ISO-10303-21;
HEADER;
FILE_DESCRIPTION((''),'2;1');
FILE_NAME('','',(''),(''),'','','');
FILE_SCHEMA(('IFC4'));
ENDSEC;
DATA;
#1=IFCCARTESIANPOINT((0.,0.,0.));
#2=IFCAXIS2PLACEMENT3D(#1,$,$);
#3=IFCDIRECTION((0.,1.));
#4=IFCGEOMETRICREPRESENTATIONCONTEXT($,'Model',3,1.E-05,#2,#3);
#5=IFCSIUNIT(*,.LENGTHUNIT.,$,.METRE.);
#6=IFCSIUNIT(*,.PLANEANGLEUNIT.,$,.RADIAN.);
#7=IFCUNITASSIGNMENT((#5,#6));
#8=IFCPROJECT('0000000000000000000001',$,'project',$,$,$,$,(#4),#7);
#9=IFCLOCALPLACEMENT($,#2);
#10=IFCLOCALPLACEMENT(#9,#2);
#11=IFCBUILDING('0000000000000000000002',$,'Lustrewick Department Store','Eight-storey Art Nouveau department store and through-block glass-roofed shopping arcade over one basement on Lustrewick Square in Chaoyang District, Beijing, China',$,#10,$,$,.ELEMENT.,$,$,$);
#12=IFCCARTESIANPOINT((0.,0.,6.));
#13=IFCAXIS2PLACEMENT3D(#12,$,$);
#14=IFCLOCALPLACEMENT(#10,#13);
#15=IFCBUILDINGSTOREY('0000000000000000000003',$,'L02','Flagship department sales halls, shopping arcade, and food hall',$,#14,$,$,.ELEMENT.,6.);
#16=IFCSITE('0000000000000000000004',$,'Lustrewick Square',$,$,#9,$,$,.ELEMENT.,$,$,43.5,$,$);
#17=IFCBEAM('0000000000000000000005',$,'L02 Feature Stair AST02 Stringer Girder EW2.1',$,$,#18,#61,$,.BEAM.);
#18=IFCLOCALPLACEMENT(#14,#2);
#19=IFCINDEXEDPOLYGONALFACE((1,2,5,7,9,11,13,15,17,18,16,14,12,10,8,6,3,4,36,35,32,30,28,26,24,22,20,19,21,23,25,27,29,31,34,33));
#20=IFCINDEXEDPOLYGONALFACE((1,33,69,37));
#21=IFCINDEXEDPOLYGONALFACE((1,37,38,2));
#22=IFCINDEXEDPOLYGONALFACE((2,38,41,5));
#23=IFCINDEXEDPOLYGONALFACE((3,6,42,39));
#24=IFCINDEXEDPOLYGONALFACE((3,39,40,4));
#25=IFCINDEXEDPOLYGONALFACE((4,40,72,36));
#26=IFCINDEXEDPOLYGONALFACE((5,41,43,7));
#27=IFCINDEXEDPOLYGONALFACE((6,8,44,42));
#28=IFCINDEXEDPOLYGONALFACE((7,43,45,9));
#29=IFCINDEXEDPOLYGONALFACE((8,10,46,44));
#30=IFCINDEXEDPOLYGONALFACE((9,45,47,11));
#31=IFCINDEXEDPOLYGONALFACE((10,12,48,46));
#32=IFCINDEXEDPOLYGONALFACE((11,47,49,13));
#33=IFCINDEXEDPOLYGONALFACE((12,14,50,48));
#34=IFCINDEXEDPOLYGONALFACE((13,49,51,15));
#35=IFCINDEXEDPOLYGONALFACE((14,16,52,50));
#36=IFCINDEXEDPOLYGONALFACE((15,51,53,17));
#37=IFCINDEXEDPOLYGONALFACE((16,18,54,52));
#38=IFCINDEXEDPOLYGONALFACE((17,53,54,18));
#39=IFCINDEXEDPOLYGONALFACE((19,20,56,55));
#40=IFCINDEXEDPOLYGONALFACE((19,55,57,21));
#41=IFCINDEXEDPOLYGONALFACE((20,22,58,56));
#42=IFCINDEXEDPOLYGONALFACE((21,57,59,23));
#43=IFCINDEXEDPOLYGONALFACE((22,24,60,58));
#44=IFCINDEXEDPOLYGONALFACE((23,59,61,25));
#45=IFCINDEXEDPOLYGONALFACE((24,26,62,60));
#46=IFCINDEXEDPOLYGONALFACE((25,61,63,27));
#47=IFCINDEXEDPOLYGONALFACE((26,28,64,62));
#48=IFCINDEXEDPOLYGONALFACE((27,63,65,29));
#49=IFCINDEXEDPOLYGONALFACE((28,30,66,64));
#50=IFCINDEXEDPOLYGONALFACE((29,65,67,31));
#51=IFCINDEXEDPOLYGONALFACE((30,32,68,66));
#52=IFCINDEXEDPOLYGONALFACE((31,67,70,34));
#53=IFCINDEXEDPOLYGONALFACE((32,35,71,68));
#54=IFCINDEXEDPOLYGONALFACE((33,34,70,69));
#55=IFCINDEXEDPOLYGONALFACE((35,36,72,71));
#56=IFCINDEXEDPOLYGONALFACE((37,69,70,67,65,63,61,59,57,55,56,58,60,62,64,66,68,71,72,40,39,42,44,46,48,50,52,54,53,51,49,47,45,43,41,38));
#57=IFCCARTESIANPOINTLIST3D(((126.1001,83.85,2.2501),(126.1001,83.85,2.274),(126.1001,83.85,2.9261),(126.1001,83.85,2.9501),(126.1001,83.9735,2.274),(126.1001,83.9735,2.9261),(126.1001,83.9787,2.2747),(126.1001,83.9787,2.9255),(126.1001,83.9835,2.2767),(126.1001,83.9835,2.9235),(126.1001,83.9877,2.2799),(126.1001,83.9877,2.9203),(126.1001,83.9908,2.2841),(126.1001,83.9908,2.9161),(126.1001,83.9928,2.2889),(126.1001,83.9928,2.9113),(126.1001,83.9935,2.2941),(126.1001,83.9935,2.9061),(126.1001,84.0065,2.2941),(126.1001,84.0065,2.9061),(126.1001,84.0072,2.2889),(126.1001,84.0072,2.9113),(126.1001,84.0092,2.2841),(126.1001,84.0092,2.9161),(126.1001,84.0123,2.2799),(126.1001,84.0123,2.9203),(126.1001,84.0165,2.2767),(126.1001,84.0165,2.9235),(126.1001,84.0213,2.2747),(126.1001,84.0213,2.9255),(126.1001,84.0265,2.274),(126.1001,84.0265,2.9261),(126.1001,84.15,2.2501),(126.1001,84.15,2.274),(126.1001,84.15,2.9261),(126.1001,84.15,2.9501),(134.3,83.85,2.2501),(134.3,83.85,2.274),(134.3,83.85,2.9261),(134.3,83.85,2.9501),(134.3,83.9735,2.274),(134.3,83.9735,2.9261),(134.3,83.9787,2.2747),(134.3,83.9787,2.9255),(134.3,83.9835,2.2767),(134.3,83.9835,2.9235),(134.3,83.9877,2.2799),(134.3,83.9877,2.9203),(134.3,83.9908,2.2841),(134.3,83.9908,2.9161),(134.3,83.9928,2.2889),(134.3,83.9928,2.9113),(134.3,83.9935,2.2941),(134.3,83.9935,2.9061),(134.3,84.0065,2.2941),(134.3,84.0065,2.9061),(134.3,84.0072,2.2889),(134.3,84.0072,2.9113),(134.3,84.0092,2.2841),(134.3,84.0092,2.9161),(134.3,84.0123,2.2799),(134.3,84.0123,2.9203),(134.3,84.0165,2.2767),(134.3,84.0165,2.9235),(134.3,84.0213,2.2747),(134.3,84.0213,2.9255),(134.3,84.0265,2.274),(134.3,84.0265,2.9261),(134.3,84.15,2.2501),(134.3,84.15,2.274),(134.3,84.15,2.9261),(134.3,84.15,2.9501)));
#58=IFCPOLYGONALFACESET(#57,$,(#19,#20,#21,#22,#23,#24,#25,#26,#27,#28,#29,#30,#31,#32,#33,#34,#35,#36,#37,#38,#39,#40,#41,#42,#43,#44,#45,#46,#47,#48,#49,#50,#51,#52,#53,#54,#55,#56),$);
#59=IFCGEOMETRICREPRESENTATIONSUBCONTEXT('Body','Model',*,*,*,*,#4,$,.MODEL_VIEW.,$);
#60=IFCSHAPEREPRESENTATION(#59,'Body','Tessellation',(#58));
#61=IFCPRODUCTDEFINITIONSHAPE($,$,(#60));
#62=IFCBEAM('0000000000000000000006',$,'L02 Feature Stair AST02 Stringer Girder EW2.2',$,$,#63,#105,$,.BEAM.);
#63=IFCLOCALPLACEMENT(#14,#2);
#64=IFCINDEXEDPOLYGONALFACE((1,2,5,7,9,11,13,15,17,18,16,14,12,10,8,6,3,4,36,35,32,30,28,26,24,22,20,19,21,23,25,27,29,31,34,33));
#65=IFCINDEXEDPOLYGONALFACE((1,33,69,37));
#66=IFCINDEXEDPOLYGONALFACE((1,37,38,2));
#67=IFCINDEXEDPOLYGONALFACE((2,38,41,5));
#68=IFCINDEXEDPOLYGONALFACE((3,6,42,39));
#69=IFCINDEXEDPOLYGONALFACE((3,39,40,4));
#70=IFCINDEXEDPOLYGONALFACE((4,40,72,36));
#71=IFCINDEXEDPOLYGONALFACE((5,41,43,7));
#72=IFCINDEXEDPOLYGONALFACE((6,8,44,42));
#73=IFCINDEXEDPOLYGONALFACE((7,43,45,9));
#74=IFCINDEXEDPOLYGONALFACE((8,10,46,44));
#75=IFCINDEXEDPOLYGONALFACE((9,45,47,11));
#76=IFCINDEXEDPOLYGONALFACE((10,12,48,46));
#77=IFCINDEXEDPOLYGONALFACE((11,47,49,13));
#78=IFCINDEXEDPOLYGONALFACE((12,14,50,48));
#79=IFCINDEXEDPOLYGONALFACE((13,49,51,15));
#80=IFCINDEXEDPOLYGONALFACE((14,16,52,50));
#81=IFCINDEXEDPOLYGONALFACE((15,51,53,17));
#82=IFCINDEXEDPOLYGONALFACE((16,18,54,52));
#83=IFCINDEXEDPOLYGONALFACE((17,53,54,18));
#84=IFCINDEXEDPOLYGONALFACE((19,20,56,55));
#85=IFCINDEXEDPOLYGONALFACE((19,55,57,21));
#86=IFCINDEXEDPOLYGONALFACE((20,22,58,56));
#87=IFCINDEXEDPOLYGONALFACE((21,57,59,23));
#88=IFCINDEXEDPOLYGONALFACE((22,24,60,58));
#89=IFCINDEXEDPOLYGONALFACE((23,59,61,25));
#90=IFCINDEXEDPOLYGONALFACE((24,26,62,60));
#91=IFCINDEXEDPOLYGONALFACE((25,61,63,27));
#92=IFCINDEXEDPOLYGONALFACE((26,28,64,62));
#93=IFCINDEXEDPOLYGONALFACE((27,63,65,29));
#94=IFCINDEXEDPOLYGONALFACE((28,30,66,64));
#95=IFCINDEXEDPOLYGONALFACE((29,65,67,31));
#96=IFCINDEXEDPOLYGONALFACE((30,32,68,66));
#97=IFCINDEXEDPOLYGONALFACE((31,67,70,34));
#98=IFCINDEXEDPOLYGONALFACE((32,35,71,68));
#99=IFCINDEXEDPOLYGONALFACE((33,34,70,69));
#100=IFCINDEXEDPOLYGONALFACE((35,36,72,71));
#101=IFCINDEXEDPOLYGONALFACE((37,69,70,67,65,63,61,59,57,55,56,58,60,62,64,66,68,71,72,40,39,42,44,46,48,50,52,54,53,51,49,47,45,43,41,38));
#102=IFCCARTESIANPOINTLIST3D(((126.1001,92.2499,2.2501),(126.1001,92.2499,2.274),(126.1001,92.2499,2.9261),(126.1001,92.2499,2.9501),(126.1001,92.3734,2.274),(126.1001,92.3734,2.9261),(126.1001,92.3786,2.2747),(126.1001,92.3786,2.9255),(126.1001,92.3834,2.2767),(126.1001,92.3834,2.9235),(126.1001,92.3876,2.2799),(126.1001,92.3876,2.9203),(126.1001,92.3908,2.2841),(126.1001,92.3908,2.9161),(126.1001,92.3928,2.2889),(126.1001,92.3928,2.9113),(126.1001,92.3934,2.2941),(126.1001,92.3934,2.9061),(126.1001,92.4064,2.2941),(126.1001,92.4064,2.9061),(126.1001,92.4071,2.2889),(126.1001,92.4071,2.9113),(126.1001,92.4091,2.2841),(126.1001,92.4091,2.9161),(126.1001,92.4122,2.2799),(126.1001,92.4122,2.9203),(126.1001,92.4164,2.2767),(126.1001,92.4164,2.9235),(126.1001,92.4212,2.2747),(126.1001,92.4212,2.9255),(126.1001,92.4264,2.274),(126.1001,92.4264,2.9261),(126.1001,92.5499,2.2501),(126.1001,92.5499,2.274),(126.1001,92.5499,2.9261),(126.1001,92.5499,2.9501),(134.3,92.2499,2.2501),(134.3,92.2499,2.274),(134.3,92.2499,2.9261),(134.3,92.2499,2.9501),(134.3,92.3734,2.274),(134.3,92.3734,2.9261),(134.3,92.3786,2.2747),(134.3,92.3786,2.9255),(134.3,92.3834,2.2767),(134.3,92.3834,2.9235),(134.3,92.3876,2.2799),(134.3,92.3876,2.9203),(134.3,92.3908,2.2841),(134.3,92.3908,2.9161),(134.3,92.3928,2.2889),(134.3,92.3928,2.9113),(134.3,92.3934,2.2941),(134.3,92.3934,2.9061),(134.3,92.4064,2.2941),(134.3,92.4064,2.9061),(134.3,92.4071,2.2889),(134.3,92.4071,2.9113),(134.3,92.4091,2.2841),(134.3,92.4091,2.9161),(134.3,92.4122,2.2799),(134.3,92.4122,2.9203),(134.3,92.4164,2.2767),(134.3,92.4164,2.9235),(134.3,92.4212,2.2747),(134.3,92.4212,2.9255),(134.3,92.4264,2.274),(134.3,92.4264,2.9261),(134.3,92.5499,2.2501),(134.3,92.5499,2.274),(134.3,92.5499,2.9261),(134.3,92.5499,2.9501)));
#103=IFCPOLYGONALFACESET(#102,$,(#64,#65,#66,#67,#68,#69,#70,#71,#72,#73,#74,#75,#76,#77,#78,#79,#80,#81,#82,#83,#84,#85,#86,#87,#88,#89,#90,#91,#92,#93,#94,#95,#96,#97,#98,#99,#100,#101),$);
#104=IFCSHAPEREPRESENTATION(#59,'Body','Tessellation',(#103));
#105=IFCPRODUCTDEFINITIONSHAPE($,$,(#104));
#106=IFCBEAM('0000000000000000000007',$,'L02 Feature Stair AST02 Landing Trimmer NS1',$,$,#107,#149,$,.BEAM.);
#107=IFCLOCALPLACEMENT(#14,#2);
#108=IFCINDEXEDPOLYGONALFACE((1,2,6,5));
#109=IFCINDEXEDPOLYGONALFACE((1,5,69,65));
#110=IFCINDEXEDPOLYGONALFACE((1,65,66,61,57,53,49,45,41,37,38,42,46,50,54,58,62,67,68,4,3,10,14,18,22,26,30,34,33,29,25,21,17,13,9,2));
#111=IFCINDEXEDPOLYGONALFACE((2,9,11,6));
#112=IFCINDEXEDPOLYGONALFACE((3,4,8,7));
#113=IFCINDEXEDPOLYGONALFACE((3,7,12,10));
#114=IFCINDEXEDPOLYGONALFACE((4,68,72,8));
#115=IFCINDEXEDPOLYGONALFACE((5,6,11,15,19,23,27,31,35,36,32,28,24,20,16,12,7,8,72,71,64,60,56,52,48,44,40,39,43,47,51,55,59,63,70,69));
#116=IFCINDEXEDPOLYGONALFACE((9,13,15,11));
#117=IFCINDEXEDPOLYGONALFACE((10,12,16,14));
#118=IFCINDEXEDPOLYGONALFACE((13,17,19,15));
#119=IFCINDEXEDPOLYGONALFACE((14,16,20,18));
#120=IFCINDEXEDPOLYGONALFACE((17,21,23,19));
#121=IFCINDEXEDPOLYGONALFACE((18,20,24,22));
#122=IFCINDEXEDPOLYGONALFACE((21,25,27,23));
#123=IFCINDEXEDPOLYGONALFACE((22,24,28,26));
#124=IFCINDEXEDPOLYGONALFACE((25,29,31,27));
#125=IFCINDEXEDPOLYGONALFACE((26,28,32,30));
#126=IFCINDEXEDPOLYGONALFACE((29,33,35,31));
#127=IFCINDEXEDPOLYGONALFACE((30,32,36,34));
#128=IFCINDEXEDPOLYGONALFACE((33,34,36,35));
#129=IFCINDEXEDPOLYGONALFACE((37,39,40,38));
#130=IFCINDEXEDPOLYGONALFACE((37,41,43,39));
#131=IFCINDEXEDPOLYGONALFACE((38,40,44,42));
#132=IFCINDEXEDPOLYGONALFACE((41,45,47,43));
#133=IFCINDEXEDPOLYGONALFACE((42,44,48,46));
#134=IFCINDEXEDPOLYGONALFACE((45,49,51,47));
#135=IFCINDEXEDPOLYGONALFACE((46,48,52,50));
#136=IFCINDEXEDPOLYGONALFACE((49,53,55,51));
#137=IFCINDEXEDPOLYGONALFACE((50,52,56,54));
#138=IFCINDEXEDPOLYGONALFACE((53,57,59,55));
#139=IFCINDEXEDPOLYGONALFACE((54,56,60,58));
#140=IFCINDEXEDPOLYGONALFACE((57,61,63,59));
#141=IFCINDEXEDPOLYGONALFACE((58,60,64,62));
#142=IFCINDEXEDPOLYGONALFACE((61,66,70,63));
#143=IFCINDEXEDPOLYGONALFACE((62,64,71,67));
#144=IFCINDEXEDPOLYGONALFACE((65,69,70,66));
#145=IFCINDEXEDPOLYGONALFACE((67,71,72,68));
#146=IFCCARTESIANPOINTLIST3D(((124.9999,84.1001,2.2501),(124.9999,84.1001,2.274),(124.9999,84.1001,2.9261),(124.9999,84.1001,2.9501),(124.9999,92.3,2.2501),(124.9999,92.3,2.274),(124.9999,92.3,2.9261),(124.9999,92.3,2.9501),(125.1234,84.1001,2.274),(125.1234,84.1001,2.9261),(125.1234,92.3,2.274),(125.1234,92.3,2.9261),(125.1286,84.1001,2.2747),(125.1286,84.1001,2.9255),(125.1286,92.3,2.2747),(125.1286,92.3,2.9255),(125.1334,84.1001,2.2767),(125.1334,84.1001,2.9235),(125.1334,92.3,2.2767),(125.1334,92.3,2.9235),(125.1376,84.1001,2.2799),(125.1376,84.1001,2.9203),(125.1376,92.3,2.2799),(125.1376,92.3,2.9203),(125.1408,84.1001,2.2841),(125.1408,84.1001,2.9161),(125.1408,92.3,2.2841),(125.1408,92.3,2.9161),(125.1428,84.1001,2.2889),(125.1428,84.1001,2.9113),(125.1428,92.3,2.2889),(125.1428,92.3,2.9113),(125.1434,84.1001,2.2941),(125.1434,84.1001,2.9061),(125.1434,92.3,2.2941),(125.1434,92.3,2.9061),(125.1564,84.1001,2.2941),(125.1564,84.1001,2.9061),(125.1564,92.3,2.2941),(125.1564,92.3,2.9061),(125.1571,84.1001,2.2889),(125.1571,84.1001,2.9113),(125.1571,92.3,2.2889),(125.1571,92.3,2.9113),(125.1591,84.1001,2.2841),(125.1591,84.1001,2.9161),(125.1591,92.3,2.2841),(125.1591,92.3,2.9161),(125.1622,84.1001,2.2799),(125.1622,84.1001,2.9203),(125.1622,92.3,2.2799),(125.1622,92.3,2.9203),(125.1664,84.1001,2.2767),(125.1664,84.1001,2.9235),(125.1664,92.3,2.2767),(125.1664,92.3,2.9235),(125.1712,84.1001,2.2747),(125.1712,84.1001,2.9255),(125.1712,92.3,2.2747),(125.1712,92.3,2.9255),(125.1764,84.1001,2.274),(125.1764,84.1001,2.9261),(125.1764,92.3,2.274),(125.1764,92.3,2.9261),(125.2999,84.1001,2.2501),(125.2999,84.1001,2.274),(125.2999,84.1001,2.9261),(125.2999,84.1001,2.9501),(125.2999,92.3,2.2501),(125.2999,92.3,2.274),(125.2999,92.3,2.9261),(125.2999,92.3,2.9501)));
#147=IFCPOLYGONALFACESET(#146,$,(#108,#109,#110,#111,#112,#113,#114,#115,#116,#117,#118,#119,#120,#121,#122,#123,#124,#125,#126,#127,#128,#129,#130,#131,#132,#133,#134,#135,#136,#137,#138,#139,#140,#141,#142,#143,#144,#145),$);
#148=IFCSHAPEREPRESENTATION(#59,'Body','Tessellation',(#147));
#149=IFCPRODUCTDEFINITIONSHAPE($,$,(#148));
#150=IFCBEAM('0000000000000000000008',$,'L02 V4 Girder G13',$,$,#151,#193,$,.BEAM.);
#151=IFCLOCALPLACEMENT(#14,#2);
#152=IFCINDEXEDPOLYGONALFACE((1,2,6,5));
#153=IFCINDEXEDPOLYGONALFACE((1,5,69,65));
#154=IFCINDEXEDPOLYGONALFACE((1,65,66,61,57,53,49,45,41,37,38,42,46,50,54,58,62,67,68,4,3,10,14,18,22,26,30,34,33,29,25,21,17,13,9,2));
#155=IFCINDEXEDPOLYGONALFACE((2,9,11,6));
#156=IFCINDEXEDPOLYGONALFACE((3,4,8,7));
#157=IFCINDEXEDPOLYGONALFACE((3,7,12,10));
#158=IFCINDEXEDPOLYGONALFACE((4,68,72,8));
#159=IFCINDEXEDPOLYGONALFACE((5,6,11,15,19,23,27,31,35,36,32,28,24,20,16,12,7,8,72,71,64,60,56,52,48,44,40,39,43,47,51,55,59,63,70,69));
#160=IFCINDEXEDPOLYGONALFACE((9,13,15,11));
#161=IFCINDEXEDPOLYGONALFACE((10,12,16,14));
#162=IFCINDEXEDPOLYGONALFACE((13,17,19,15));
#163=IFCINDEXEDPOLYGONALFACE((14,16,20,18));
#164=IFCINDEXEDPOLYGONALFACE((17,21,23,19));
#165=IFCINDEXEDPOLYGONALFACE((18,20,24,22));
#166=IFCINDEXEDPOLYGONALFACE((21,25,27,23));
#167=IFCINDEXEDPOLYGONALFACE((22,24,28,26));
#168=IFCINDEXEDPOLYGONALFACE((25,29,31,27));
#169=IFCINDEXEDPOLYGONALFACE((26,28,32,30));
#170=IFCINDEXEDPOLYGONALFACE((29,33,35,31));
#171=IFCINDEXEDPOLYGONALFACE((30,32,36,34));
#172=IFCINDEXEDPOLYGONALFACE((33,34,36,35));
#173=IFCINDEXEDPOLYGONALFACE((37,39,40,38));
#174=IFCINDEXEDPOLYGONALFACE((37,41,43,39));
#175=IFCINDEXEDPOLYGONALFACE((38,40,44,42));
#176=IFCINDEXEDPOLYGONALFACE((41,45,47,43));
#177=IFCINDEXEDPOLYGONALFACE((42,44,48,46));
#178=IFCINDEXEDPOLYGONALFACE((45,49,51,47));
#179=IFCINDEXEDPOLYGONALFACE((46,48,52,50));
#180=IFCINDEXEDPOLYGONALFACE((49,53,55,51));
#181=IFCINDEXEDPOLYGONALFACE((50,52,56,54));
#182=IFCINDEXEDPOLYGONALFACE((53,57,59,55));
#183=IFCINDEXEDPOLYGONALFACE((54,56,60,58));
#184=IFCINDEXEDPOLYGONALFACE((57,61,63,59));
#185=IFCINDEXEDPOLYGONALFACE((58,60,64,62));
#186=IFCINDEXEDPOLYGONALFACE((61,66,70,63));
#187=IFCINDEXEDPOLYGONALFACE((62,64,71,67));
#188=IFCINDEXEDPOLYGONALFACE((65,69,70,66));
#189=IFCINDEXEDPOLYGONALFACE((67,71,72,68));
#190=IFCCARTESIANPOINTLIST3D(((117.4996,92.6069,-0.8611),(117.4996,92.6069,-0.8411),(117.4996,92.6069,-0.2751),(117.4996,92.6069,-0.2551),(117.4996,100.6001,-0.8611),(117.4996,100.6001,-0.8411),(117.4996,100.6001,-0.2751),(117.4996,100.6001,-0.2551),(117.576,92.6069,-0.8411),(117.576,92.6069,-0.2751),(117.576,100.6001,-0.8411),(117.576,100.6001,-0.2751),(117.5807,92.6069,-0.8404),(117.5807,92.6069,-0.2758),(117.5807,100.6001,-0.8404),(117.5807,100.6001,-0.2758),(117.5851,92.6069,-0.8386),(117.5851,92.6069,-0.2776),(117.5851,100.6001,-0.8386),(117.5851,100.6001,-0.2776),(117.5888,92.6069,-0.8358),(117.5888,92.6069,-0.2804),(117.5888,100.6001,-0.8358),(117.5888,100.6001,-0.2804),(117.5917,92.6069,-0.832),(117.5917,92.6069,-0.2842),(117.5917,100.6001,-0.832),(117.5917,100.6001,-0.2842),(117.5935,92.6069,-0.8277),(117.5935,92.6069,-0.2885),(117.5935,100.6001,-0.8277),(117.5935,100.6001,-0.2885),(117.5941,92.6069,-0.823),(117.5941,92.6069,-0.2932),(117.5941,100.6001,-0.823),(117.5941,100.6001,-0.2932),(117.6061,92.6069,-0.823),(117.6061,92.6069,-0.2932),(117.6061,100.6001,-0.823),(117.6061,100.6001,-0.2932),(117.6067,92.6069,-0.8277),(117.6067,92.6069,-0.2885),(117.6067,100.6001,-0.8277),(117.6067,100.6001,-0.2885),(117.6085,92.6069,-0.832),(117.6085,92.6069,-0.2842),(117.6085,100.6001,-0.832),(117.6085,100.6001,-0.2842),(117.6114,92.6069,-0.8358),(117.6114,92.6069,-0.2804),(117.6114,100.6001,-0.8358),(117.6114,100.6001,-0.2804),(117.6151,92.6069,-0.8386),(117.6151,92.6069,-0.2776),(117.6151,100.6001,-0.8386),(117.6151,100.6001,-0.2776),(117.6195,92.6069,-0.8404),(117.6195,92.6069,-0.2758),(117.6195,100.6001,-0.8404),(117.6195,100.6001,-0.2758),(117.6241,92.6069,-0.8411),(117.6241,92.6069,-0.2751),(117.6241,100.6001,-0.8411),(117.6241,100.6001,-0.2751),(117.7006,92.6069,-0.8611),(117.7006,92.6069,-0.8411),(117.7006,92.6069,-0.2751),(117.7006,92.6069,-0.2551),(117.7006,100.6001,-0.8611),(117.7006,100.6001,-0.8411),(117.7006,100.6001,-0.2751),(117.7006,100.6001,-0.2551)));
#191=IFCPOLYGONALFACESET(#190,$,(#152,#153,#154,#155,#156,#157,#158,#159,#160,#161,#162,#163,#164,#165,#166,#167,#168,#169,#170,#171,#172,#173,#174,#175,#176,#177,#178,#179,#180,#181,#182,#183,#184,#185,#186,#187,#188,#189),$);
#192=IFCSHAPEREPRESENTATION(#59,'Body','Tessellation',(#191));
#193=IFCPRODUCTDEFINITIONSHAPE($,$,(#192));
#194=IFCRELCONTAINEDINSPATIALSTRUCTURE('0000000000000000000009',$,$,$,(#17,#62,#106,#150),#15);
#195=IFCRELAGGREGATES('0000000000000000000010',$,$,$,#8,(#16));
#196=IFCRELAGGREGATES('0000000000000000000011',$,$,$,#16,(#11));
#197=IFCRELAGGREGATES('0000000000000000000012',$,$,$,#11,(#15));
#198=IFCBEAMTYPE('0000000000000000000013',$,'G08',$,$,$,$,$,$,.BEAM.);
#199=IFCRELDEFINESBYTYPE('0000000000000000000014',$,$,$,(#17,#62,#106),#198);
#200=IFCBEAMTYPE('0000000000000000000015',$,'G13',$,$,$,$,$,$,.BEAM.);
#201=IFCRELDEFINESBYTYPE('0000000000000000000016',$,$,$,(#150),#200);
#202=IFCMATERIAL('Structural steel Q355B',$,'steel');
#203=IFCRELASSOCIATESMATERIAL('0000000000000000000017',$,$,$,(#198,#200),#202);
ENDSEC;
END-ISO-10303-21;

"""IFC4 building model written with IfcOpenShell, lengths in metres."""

from ifc_helpers import new_model, si_unit, direction, frame, origin, origin_2d, place, context, subcontext, project, spatial, i_section, extrude, material, material_profile, profile_set, type_object, element, save


model = new_model("IFC4")

# Units and contexts
model_context = context("Model", 3, precision=1e-05, world=origin(), true_north=direction((0.0, 1.0)))
body_context = subcontext(model_context, "Body", "Model", "MODEL_VIEW")
ifc_project = project(units=[si_unit("LENGTHUNIT", "METRE"), si_unit("PLANEANGLEUNIT", "RADIAN")], contexts=[model_context])

# Site, building, storey
site_placement = place(None, origin())
site = spatial("IfcSite", under=ifc_project, at=site_placement, Name="Lustrewick Square", CompositionType="ELEMENT", RefElevation=43.5)
building_placement = place(site_placement, origin())
building = spatial("IfcBuilding", under=site, at=building_placement, Name="Lustrewick Department Store", Description="Eight-storey Art Nouveau department store and through-block glass-roofed shopping arcade over one basement on Lustrewick Square in Chaoyang District, Beijing, China", CompositionType="ELEMENT")
storey_placement = place(building_placement, frame((0.0, 0.0, 6.0)))
storey = spatial("IfcBuildingStorey", under=building, at=storey_placement, Name="L02", Description="Flagship department sales halls, shopping arcade, and food hall", CompositionType="ELEMENT", Elevation=6.0)

# Shared definitions
ifc_material_1 = material(Name="Structural steel Q355B", Category="steel")

# Beams
ifc_material_profile_1 = material_profile(ifc_material_1, i_section(OverallWidth=0.3, OverallDepth=0.7, WebThickness=0.0129, FlangeThickness=0.0239, FilletRadius=0.02, at=origin_2d()), Name="HN 700x300x13x24")
ifc_profile_set_1 = profile_set([ifc_material_profile_1], Name="Structural steel Q355B")
beam_type_1 = type_object("IfcBeamType", Name="G08", PredefinedType="BEAM", material=ifc_profile_set_1)
for number, where, z_axis, x_axis, name in (
    (1, (126.1001, 84.0, 2.6001), (1.0, 0.0, 0.0), (0.0, 1.0, 0.0), "L02 Feature Stair AST02 Stringer Girder EW2.1"),
    (2, (126.1001, 92.3999, 2.6001), (1.0, 0.0, 0.0), (0.0, 1.0, 0.0), "L02 Feature Stair AST02 Stringer Girder EW2.2"),
    (3, (125.1499, 84.1001, 2.6001), (0.0, 1.0, 0.0), (-1.0, 0.0, 0.0), "L02 Feature Stair AST02 Landing Trimmer NS1"),
):
    element("IfcBeam", number, at=place(storey_placement, frame(where, z_axis=z_axis, x_axis=x_axis)), inside=storey, type_object=beam_type_1, Name=name, PredefinedType="BEAM", context=body_context, shape_type="SweptSolid", body=[
        extrude(i_section(OverallWidth=0.3, OverallDepth=0.7, WebThickness=0.0129, FlangeThickness=0.0239, FilletRadius=0.02, at=origin_2d()), origin(), (0.0, 0.0, 1.0), 8.2),
    ])
ifc_material_profile_2 = material_profile(ifc_material_1, i_section(OverallWidth=0.2009, OverallDepth=0.606, WebThickness=0.012, FlangeThickness=0.02, FilletRadius=0.0181, at=origin_2d()), Name="HN 606x201x12x20")
ifc_profile_set_2 = profile_set([ifc_material_profile_2], Name="Structural steel Q355B")
beam_type_2 = type_object("IfcBeamType", Name="G13", PredefinedType="BEAM", material=ifc_profile_set_2)
beam_1_placement = place(storey_placement, frame((117.6001, 92.6069, -0.5581), z_axis=(0.0, 1.0, 0.0), x_axis=(-1.0, 0.0, 0.0)))
element("IfcBeam", 4, at=beam_1_placement, inside=storey, type_object=beam_type_2, Name="L02 V4 Girder G13", PredefinedType="BEAM", context=body_context, shape_type="SweptSolid", body=[
    extrude(i_section(OverallWidth=0.2009, OverallDepth=0.606, WebThickness=0.012, FlangeThickness=0.02, FilletRadius=0.0181, at=origin_2d()), origin(), (0.0, 0.0, 1.0), 7.9932),
])

save(model, "model.ifc")
